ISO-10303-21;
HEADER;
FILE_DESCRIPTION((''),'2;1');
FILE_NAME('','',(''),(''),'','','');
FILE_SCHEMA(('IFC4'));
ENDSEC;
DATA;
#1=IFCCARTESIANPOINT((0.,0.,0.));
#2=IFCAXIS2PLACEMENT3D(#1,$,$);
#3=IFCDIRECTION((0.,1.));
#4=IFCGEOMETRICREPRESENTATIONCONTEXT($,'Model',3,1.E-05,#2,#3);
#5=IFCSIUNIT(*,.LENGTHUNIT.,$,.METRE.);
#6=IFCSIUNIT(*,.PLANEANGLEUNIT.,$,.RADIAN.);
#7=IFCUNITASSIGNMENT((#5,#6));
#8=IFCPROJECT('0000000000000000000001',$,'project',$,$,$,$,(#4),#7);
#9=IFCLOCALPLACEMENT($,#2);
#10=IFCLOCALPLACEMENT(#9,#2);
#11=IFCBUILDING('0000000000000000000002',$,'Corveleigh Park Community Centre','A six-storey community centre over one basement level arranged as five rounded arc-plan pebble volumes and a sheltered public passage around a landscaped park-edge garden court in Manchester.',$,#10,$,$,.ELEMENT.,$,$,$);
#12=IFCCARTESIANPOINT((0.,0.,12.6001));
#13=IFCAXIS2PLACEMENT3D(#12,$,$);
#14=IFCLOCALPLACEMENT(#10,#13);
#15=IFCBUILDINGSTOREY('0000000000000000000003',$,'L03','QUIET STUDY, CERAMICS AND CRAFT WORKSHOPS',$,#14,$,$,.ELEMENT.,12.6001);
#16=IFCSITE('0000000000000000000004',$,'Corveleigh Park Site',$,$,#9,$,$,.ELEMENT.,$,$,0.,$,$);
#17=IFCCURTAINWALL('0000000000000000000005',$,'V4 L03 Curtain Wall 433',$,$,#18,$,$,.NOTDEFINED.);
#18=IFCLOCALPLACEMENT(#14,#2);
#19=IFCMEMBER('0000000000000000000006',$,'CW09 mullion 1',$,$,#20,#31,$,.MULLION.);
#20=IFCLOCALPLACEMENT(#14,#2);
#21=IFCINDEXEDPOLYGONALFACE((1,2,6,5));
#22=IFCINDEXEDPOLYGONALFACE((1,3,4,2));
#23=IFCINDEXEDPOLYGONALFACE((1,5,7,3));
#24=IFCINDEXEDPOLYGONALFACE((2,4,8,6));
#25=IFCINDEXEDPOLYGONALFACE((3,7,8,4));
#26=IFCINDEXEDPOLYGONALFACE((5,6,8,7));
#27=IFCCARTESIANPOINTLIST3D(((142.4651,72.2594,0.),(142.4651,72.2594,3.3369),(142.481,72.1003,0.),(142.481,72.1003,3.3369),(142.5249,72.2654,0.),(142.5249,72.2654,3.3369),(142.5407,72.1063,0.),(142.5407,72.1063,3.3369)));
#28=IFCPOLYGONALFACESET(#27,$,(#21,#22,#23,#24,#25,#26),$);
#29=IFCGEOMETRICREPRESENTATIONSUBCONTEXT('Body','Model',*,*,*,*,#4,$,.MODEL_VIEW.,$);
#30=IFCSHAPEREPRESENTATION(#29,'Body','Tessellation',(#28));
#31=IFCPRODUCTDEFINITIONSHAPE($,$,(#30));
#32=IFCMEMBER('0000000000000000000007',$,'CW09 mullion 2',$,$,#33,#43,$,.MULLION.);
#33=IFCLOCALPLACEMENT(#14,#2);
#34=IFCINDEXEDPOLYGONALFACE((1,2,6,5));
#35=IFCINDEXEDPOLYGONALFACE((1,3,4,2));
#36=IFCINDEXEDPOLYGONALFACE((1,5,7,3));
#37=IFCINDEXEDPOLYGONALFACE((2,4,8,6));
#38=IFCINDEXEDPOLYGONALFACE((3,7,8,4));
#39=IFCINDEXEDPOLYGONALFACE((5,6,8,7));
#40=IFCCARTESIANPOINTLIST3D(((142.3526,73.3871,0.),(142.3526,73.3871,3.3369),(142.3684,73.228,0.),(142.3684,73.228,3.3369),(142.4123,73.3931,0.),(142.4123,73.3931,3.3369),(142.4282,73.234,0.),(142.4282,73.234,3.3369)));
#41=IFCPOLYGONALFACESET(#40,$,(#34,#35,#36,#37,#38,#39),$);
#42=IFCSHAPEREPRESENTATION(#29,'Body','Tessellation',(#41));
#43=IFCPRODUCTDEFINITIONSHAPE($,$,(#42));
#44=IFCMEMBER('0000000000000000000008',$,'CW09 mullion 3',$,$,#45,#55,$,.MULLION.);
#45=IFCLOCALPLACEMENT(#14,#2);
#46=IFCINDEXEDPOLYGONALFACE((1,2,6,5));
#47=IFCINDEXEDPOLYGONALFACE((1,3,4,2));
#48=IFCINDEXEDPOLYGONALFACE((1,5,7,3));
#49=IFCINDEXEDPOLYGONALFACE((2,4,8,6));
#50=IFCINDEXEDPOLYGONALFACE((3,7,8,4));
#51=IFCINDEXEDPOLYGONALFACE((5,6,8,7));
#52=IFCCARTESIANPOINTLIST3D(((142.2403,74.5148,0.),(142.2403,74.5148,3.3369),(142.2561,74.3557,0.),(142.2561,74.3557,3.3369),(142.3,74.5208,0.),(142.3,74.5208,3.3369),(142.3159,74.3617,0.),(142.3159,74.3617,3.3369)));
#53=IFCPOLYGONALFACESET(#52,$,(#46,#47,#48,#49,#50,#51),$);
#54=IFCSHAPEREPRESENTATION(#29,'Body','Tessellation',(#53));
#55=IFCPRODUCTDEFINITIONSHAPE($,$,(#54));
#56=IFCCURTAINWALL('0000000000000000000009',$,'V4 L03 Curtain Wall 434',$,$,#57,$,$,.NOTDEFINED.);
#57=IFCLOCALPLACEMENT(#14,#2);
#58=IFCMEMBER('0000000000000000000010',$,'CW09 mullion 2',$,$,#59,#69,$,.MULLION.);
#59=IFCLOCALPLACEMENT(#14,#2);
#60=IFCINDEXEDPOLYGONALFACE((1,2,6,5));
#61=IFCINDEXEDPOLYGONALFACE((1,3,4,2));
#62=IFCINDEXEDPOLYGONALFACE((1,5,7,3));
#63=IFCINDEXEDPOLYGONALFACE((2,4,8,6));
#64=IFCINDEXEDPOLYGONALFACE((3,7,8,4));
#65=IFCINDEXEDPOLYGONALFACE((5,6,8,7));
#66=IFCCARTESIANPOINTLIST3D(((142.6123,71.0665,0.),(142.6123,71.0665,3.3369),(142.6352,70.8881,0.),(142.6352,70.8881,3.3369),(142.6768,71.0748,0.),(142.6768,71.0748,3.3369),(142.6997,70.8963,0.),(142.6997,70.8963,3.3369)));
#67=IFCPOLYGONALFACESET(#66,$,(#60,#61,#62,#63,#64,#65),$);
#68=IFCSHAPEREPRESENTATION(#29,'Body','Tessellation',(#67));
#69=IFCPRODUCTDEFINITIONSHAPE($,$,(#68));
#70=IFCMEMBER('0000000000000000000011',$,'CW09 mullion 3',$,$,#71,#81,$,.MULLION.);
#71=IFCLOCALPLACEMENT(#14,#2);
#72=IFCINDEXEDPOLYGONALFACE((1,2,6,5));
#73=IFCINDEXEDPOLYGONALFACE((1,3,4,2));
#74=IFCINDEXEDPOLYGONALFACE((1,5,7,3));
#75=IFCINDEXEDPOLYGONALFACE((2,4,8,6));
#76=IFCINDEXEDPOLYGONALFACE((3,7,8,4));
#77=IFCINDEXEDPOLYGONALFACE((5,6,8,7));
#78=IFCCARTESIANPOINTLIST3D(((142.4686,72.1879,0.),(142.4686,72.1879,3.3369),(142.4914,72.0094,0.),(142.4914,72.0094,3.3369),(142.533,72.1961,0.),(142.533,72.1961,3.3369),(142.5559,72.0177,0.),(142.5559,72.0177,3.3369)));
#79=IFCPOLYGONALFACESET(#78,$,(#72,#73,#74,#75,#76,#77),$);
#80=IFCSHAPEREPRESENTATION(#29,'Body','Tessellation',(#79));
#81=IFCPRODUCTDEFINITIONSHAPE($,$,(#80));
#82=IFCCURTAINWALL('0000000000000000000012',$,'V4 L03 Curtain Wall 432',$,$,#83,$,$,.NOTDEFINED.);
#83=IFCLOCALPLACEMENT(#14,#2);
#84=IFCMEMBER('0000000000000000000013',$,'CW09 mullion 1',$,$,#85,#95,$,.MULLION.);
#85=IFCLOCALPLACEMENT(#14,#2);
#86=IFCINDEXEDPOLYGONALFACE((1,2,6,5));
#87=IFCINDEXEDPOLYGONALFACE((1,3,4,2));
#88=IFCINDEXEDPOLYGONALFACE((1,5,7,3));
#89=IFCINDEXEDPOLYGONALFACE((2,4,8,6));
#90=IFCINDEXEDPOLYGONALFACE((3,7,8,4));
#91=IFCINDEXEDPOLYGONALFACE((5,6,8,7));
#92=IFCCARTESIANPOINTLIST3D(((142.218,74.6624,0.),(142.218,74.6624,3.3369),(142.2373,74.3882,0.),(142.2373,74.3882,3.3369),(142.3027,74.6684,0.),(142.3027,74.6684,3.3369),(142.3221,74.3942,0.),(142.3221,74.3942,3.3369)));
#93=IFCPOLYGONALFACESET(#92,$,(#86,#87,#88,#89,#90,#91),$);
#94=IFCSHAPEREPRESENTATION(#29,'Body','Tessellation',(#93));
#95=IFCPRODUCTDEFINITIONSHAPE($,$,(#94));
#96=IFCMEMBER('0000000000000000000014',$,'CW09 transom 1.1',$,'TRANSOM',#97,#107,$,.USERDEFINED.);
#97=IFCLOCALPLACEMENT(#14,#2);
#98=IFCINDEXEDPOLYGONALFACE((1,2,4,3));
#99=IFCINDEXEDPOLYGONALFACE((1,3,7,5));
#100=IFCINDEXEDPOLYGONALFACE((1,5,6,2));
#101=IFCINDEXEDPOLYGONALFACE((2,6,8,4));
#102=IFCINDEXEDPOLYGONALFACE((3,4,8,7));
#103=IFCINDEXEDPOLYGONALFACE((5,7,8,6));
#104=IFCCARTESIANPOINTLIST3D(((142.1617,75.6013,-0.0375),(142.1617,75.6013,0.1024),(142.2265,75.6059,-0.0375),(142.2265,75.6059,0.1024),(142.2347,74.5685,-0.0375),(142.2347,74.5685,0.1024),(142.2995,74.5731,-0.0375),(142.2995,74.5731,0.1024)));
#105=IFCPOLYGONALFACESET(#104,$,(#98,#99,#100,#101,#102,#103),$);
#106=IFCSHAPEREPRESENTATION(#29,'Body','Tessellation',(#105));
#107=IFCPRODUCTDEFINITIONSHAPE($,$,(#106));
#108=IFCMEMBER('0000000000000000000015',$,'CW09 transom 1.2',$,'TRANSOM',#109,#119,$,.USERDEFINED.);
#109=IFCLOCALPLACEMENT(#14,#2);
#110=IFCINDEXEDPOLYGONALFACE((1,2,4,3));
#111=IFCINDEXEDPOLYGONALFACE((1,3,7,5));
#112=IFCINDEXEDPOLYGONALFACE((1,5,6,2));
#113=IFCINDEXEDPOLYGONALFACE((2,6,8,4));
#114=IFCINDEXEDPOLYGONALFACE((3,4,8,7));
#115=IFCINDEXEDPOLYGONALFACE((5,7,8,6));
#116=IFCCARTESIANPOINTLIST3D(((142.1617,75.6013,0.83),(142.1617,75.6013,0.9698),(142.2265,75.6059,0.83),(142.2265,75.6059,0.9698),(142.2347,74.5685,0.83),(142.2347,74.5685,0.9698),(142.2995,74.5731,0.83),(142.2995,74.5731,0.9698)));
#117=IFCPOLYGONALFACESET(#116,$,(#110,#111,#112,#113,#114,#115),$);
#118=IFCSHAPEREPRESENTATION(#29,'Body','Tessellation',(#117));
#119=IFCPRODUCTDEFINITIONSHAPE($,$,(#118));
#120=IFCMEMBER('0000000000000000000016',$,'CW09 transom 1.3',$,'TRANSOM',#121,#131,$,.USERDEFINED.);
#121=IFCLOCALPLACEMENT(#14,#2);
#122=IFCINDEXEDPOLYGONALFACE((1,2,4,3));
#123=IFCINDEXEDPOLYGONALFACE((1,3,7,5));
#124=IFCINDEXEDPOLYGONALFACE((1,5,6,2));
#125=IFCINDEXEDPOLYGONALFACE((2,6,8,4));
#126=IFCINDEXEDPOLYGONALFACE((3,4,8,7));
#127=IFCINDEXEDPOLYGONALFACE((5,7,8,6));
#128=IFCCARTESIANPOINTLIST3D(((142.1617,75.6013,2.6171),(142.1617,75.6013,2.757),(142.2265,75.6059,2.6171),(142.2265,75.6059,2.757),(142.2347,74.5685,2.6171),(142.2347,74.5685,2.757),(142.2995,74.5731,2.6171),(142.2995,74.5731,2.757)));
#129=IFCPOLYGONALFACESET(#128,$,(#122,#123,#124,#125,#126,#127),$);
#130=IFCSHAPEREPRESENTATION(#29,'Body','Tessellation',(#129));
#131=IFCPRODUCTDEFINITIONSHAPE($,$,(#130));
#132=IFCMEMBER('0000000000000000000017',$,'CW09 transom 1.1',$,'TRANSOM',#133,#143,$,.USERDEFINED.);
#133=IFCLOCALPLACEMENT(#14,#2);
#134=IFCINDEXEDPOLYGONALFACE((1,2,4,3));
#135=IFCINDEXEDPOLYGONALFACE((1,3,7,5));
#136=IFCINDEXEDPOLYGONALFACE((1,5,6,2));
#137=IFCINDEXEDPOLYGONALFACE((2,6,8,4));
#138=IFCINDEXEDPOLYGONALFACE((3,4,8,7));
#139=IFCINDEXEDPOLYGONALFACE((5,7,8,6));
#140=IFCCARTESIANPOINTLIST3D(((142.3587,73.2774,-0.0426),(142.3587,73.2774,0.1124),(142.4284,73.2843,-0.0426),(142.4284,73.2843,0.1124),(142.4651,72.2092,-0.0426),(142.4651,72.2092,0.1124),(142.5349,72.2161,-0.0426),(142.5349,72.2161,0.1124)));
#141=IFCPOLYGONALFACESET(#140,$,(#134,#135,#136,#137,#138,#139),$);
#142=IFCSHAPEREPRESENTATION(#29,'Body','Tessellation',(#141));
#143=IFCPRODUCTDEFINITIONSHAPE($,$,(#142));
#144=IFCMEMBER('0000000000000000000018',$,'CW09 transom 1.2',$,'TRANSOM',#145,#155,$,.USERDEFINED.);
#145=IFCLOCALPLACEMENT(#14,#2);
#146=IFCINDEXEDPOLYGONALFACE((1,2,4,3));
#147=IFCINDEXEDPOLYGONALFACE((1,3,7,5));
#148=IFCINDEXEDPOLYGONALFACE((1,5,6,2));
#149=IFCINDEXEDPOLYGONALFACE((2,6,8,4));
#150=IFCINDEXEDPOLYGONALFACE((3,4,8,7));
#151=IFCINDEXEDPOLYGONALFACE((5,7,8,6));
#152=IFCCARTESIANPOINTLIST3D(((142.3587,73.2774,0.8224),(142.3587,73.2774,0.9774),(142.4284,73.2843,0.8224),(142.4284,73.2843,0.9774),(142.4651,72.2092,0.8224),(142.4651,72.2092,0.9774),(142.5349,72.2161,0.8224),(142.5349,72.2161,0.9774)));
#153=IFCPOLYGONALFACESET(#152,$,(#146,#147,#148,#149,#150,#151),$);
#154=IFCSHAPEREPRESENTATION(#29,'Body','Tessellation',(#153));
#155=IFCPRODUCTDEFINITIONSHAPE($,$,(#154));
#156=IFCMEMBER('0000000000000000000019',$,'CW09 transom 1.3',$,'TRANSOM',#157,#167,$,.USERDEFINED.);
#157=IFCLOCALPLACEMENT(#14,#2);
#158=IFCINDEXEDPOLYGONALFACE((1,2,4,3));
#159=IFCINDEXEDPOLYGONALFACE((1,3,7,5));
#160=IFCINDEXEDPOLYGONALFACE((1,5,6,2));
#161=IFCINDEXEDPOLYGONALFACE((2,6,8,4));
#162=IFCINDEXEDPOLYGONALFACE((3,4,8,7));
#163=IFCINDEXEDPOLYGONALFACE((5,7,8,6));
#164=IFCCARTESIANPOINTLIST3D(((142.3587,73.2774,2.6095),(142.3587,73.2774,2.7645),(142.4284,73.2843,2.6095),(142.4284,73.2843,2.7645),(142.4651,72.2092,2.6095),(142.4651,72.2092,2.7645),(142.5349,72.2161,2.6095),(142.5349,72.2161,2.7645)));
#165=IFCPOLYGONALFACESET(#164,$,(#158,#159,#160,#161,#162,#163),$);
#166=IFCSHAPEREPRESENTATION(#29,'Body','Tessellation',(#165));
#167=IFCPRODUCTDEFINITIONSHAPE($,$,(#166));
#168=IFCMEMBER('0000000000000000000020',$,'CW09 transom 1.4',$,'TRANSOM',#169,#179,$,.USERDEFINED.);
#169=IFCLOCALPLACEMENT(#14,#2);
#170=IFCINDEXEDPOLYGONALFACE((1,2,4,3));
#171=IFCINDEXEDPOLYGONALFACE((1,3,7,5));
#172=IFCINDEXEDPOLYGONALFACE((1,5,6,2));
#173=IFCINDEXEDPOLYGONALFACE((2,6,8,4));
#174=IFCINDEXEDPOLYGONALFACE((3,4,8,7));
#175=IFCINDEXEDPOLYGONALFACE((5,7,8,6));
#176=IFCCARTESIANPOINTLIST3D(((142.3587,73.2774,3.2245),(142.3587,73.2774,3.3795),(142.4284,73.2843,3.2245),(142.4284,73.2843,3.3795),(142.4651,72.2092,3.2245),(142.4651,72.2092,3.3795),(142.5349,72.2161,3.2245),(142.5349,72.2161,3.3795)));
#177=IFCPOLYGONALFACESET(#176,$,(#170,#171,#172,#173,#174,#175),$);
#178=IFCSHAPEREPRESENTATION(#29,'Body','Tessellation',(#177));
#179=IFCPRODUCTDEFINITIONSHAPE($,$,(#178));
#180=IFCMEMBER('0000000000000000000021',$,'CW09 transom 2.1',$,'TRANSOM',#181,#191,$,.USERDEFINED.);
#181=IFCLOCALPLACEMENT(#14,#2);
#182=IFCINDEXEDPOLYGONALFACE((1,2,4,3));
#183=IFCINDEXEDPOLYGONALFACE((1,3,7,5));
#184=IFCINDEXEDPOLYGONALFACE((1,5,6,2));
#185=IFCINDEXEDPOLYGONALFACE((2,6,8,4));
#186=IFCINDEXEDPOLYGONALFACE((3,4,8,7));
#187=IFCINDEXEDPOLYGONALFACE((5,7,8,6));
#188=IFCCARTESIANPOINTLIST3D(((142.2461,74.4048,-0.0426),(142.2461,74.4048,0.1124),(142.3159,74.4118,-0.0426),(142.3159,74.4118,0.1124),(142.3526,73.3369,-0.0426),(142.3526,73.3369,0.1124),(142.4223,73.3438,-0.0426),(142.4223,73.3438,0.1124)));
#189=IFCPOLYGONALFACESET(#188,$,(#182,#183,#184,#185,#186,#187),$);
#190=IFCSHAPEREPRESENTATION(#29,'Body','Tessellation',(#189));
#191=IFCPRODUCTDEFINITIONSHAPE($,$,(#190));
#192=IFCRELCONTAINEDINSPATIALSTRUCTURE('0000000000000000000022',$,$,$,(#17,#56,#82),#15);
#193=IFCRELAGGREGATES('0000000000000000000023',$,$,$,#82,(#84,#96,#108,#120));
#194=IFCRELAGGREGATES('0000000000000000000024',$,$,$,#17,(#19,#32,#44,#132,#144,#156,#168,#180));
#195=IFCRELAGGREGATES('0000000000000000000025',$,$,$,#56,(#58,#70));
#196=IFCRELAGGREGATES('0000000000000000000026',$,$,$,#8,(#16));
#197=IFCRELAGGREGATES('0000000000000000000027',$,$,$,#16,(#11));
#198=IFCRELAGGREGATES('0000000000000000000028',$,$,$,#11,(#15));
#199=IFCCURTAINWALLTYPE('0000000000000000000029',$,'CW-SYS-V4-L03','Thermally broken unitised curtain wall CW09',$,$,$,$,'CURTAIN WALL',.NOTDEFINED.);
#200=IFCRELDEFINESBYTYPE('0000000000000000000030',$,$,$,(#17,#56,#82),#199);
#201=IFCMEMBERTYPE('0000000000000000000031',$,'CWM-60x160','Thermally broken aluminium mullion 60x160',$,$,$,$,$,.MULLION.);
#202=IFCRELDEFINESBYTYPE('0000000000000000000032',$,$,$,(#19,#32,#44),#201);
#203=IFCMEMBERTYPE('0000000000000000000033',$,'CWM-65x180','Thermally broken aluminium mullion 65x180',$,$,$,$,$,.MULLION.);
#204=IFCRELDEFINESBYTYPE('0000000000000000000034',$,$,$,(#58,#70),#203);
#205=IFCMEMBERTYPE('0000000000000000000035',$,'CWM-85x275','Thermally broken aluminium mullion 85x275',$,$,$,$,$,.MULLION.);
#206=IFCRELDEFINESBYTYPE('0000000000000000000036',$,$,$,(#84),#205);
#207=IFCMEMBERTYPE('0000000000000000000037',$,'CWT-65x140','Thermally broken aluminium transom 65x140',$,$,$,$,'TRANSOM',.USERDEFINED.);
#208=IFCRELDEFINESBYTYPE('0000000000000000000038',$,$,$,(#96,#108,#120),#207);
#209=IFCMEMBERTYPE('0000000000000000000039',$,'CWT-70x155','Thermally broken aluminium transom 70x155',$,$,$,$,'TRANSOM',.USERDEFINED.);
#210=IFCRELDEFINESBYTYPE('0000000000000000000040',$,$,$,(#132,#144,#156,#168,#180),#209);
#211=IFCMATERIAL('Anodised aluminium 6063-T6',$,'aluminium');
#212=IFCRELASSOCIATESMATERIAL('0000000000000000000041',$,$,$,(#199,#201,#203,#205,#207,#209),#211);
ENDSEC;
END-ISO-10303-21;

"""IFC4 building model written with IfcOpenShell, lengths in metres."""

from ifc_helpers import new_model, si_unit, direction, frame, origin, origin_2d, place, context, subcontext, project, spatial, rectangle, extrude, material, material_profile, profile_set, type_object, element, aggregate, save


model = new_model("IFC4")

# Units and contexts
model_context = context("Model", 3, precision=1e-05, world=origin(), true_north=direction((0.0, 1.0)))
body_context = subcontext(model_context, "Body", "Model", "MODEL_VIEW")
ifc_project = project(units=[si_unit("LENGTHUNIT", "METRE"), si_unit("PLANEANGLEUNIT", "RADIAN")], contexts=[model_context])

# Site, building, storey
site_placement = place(None, origin())
site = spatial("IfcSite", under=ifc_project, at=site_placement, Name="Corveleigh Park Site", CompositionType="ELEMENT", RefElevation=0.0)
building_placement = place(site_placement, origin())
building = spatial("IfcBuilding", under=site, at=building_placement, Name="Corveleigh Park Community Centre", Description="A six-storey community centre over one basement level arranged as five rounded arc-plan pebble volumes and a sheltered public passage around a landscaped park-edge garden court in Manchester.", CompositionType="ELEMENT")
storey_placement = place(building_placement, frame((0.0, 0.0, 12.6001)))
storey = spatial("IfcBuildingStorey", under=building, at=storey_placement, Name="L03", Description="QUIET STUDY, CERAMICS AND CRAFT WORKSHOPS", CompositionType="ELEMENT", Elevation=12.6001)

# Curtain walls, members
ifc_material_1 = material(Name="Anodised aluminium 6063-T6", Category="aluminium")
curtain_wall_type = type_object("IfcCurtainWallType", Name="CW-SYS-V4-L03", Description="Thermally broken unitised curtain wall CW09", ElementType="CURTAIN WALL", PredefinedType="NOTDEFINED", material=ifc_material_1)
curtain_wall_1_placement = place(storey_placement, origin())
curtain_wall_1 = element("IfcCurtainWall", 1, at=curtain_wall_1_placement, inside=storey, type_object=curtain_wall_type, Name="V4 L03 Curtain Wall 433", PredefinedType="NOTDEFINED")
ifc_material_profile_1 = material_profile(ifc_material_1, rectangle(XDim=0.0601, YDim=0.1599, at=origin_2d()), Name="ALU-M60x160", Category="aluminium")
ifc_profile_set_1 = profile_set([ifc_material_profile_1], Name="Anodised aluminium 6063-T6")
member_type_1 = type_object("IfcMemberType", Name="CWM-60x160", Description="Thermally broken aluminium mullion 60x160", PredefinedType="MULLION", material=ifc_profile_set_1)
member_1_placement = place(storey_placement, frame((142.5029, 72.1829, 0.0), z_axis=(0.0, 0.0, 1.0), x_axis=(-0.995058, -0.099291, 0.0)))
member_1 = element("IfcMember", 2, at=member_1_placement, type_object=member_type_1, Name="CW09 mullion 1", PredefinedType="MULLION", context=body_context, shape_type="SweptSolid", body=[
    extrude(rectangle(XDim=0.0601, YDim=0.1599, at=origin_2d()), origin(), (0.0, 0.0, 1.0), 3.3369),
])
member_2_placement = place(storey_placement, frame((142.3904, 73.3105, 0.0), z_axis=(0.0, 0.0, 1.0), x_axis=(-0.995058, -0.099291, 0.0)))
member_2 = element("IfcMember", 3, at=member_2_placement, type_object=member_type_1, Name="CW09 mullion 2", PredefinedType="MULLION", context=body_context, shape_type="SweptSolid", body=[
    extrude(rectangle(XDim=0.0601, YDim=0.1599, at=origin_2d()), origin(), (0.0, 0.0, 1.0), 3.3369),
])
member_3_placement = place(storey_placement, frame((142.2781, 74.4382, 0.0), z_axis=(0.0, 0.0, 1.0), x_axis=(-0.995058, -0.099291, 0.0)))
member_3 = element("IfcMember", 4, at=member_3_placement, type_object=member_type_1, Name="CW09 mullion 3", PredefinedType="MULLION", context=body_context, shape_type="SweptSolid", body=[
    extrude(rectangle(XDim=0.0601, YDim=0.1599, at=origin_2d()), origin(), (0.0, 0.0, 1.0), 3.3369),
])
curtain_wall_2_placement = place(storey_placement, origin())
curtain_wall_2 = element("IfcCurtainWall", 5, at=curtain_wall_2_placement, inside=storey, type_object=curtain_wall_type, Name="V4 L03 Curtain Wall 434", PredefinedType="NOTDEFINED")
ifc_material_profile_2 = material_profile(ifc_material_1, rectangle(XDim=0.0649, YDim=0.1799, at=origin_2d()), Name="ALU-M65x180", Category="aluminium")
ifc_profile_set_2 = profile_set([ifc_material_profile_2], Name="Anodised aluminium 6063-T6")
member_type_2 = type_object("IfcMemberType", Name="CWM-65x180", Description="Thermally broken aluminium mullion 65x180", PredefinedType="MULLION", material=ifc_profile_set_2)
member_4_placement = place(storey_placement, frame((142.656, 70.9814, 0.0), z_axis=(0.0, 0.0, 1.0), x_axis=(-0.991869, -0.127262, 0.0)))
member_4 = element("IfcMember", 6, at=member_4_placement, type_object=member_type_2, Name="CW09 mullion 2", PredefinedType="MULLION", context=body_context, shape_type="SweptSolid", body=[
    extrude(rectangle(XDim=0.0649, YDim=0.1799, at=origin_2d()), origin(), (0.0, 0.0, 1.0), 3.3369),
])
member_5_placement = place(storey_placement, frame((142.5122, 72.1028, 0.0), z_axis=(0.0, 0.0, 1.0), x_axis=(-0.991869, -0.127262, 0.0)))
member_5 = element("IfcMember", 7, at=member_5_placement, type_object=member_type_2, Name="CW09 mullion 3", PredefinedType="MULLION", context=body_context, shape_type="SweptSolid", body=[
    extrude(rectangle(XDim=0.0649, YDim=0.1799, at=origin_2d()), origin(), (0.0, 0.0, 1.0), 3.3369),
])
curtain_wall_3_placement = place(storey_placement, origin())
curtain_wall_3 = element("IfcCurtainWall", 8, at=curtain_wall_3_placement, inside=storey, type_object=curtain_wall_type, Name="V4 L03 Curtain Wall 432", PredefinedType="NOTDEFINED")
ifc_material_profile_3 = material_profile(ifc_material_1, rectangle(XDim=0.085, YDim=0.2749, at=origin_2d()), Name="ALU-M85x275", Category="aluminium")
ifc_profile_set_3 = profile_set([ifc_material_profile_3], Name="Anodised aluminium 6063-T6")
member_type_3 = type_object("IfcMemberType", Name="CWM-85x275", Description="Thermally broken aluminium mullion 85x275", PredefinedType="MULLION", material=ifc_profile_set_3)
member_6_placement = place(storey_placement, frame((142.27, 74.5283, 0.0), z_axis=(0.0, 0.0, 1.0), x_axis=(-0.997511, -0.070514, 0.0)))
member_6 = element("IfcMember", 9, at=member_6_placement, type_object=member_type_3, Name="CW09 mullion 1", PredefinedType="MULLION", context=body_context, shape_type="SweptSolid", body=[
    extrude(rectangle(XDim=0.085, YDim=0.2749, at=origin_2d()), origin(), (0.0, 0.0, 1.0), 3.3369),
])
ifc_material_profile_4 = material_profile(ifc_material_1, rectangle(XDim=0.0649, YDim=0.1399, at=origin_2d()), Name="ALU-T65x140", Category="aluminium")
ifc_profile_set_4 = profile_set([ifc_material_profile_4], Name="Anodised aluminium 6063-T6")
member_type_4 = type_object("IfcMemberType", Name="CWT-65x140", Description="Thermally broken aluminium transom 65x140", ElementType="TRANSOM", PredefinedType="USERDEFINED", material=ifc_profile_set_4)
member_7_placement = place(storey_placement, frame((142.2671, 74.5708, 0.0325), z_axis=(-0.07051, 0.997511, 0.0), x_axis=(-0.997511, -0.07051, 0.0)))
member_7 = element("IfcMember", 10, at=member_7_placement, type_object=member_type_4, Name="CW09 transom 1.1", ObjectType="TRANSOM", PredefinedType="USERDEFINED", context=body_context, shape_type="SweptSolid", body=[
    extrude(rectangle(XDim=0.0649, YDim=0.1399, at=origin_2d()), origin(), (0.0, 0.0, 1.0), 1.0354),
])
member_8_placement = place(storey_placement, frame((142.2671, 74.5708, 0.8999), z_axis=(-0.07051, 0.997511, 0.0), x_axis=(-0.997511, -0.07051, 0.0)))
member_8 = element("IfcMember", 11, at=member_8_placement, type_object=member_type_4, Name="CW09 transom 1.2", ObjectType="TRANSOM", PredefinedType="USERDEFINED", context=body_context, shape_type="SweptSolid", body=[
    extrude(rectangle(XDim=0.0649, YDim=0.1399, at=origin_2d()), origin(), (0.0, 0.0, 1.0), 1.0354),
])
member_9_placement = place(storey_placement, frame((142.2671, 74.5708, 2.687), z_axis=(-0.07051, 0.997511, 0.0), x_axis=(-0.997511, -0.07051, 0.0)))
member_9 = element("IfcMember", 12, at=member_9_placement, type_object=member_type_4, Name="CW09 transom 1.3", ObjectType="TRANSOM", PredefinedType="USERDEFINED", context=body_context, shape_type="SweptSolid", body=[
    extrude(rectangle(XDim=0.0649, YDim=0.1399, at=origin_2d()), origin(), (0.0, 0.0, 1.0), 1.0354),
])
aggregate(curtain_wall_3, [member_6, member_7, member_8, member_9])

# Members
ifc_material_profile_5 = material_profile(ifc_material_1, rectangle(XDim=0.0701, YDim=0.155, at=origin_2d()), Name="ALU-T70x155", Category="aluminium")
ifc_profile_set_5 = profile_set([ifc_material_profile_5], Name="Anodised aluminium 6063-T6")
member_type_5 = type_object("IfcMemberType", Name="CWT-70x155", Description="Thermally broken aluminium transom 70x155", ElementType="TRANSOM", PredefinedType="USERDEFINED", material=ifc_profile_set_5)
member_10_placement = place(storey_placement, frame((142.5, 72.2126, 0.0349), z_axis=(-0.099166, 0.995071, 0.0), x_axis=(-0.995071, -0.099166, 0.0)))
member_10 = element("IfcMember", 13, at=member_10_placement, type_object=member_type_5, Name="CW09 transom 1.1", ObjectType="TRANSOM", PredefinedType="USERDEFINED", context=body_context, shape_type="SweptSolid", body=[
    extrude(rectangle(XDim=0.0701, YDim=0.155, at=origin_2d()), origin(), (0.0, 0.0, 1.0), 1.0735),
])
member_11_placement = place(storey_placement, frame((142.5, 72.2126, 0.8999), z_axis=(-0.099166, 0.995071, 0.0), x_axis=(-0.995071, -0.099166, 0.0)))
member_11 = element("IfcMember", 14, at=member_11_placement, type_object=member_type_5, Name="CW09 transom 1.2", ObjectType="TRANSOM", PredefinedType="USERDEFINED", context=body_context, shape_type="SweptSolid", body=[
    extrude(rectangle(XDim=0.0701, YDim=0.155, at=origin_2d()), origin(), (0.0, 0.0, 1.0), 1.0735),
])
member_12_placement = place(storey_placement, frame((142.5, 72.2126, 2.687), z_axis=(-0.099166, 0.995071, 0.0), x_axis=(-0.995071, -0.099166, 0.0)))
member_12 = element("IfcMember", 15, at=member_12_placement, type_object=member_type_5, Name="CW09 transom 1.3", ObjectType="TRANSOM", PredefinedType="USERDEFINED", context=body_context, shape_type="SweptSolid", body=[
    extrude(rectangle(XDim=0.0701, YDim=0.155, at=origin_2d()), origin(), (0.0, 0.0, 1.0), 1.0735),
])
member_13_placement = place(storey_placement, frame((142.5, 72.2126, 3.302), z_axis=(-0.099166, 0.995071, 0.0), x_axis=(-0.995071, -0.099166, 0.0)))
member_13 = element("IfcMember", 16, at=member_13_placement, type_object=member_type_5, Name="CW09 transom 1.4", ObjectType="TRANSOM", PredefinedType="USERDEFINED", context=body_context, shape_type="SweptSolid", body=[
    extrude(rectangle(XDim=0.0701, YDim=0.155, at=origin_2d()), origin(), (0.0, 0.0, 1.0), 1.0735),
])
member_14_placement = place(storey_placement, frame((142.3875, 73.3403, 0.0349), z_axis=(-0.099188, 0.995069, 0.0), x_axis=(-0.995069, -0.099188, 0.0)))
member_14 = element("IfcMember", 17, at=member_14_placement, type_object=member_type_5, Name="CW09 transom 2.1", ObjectType="TRANSOM", PredefinedType="USERDEFINED", context=body_context, shape_type="SweptSolid", body=[
    extrude(rectangle(XDim=0.0701, YDim=0.155, at=origin_2d()), origin(), (0.0, 0.0, 1.0), 1.0732),
])

aggregate(curtain_wall_1, [member_1, member_2, member_3, member_10, member_11, member_12, member_13, member_14])
aggregate(curtain_wall_2, [member_4, member_5])

save(model, "model.ifc")
